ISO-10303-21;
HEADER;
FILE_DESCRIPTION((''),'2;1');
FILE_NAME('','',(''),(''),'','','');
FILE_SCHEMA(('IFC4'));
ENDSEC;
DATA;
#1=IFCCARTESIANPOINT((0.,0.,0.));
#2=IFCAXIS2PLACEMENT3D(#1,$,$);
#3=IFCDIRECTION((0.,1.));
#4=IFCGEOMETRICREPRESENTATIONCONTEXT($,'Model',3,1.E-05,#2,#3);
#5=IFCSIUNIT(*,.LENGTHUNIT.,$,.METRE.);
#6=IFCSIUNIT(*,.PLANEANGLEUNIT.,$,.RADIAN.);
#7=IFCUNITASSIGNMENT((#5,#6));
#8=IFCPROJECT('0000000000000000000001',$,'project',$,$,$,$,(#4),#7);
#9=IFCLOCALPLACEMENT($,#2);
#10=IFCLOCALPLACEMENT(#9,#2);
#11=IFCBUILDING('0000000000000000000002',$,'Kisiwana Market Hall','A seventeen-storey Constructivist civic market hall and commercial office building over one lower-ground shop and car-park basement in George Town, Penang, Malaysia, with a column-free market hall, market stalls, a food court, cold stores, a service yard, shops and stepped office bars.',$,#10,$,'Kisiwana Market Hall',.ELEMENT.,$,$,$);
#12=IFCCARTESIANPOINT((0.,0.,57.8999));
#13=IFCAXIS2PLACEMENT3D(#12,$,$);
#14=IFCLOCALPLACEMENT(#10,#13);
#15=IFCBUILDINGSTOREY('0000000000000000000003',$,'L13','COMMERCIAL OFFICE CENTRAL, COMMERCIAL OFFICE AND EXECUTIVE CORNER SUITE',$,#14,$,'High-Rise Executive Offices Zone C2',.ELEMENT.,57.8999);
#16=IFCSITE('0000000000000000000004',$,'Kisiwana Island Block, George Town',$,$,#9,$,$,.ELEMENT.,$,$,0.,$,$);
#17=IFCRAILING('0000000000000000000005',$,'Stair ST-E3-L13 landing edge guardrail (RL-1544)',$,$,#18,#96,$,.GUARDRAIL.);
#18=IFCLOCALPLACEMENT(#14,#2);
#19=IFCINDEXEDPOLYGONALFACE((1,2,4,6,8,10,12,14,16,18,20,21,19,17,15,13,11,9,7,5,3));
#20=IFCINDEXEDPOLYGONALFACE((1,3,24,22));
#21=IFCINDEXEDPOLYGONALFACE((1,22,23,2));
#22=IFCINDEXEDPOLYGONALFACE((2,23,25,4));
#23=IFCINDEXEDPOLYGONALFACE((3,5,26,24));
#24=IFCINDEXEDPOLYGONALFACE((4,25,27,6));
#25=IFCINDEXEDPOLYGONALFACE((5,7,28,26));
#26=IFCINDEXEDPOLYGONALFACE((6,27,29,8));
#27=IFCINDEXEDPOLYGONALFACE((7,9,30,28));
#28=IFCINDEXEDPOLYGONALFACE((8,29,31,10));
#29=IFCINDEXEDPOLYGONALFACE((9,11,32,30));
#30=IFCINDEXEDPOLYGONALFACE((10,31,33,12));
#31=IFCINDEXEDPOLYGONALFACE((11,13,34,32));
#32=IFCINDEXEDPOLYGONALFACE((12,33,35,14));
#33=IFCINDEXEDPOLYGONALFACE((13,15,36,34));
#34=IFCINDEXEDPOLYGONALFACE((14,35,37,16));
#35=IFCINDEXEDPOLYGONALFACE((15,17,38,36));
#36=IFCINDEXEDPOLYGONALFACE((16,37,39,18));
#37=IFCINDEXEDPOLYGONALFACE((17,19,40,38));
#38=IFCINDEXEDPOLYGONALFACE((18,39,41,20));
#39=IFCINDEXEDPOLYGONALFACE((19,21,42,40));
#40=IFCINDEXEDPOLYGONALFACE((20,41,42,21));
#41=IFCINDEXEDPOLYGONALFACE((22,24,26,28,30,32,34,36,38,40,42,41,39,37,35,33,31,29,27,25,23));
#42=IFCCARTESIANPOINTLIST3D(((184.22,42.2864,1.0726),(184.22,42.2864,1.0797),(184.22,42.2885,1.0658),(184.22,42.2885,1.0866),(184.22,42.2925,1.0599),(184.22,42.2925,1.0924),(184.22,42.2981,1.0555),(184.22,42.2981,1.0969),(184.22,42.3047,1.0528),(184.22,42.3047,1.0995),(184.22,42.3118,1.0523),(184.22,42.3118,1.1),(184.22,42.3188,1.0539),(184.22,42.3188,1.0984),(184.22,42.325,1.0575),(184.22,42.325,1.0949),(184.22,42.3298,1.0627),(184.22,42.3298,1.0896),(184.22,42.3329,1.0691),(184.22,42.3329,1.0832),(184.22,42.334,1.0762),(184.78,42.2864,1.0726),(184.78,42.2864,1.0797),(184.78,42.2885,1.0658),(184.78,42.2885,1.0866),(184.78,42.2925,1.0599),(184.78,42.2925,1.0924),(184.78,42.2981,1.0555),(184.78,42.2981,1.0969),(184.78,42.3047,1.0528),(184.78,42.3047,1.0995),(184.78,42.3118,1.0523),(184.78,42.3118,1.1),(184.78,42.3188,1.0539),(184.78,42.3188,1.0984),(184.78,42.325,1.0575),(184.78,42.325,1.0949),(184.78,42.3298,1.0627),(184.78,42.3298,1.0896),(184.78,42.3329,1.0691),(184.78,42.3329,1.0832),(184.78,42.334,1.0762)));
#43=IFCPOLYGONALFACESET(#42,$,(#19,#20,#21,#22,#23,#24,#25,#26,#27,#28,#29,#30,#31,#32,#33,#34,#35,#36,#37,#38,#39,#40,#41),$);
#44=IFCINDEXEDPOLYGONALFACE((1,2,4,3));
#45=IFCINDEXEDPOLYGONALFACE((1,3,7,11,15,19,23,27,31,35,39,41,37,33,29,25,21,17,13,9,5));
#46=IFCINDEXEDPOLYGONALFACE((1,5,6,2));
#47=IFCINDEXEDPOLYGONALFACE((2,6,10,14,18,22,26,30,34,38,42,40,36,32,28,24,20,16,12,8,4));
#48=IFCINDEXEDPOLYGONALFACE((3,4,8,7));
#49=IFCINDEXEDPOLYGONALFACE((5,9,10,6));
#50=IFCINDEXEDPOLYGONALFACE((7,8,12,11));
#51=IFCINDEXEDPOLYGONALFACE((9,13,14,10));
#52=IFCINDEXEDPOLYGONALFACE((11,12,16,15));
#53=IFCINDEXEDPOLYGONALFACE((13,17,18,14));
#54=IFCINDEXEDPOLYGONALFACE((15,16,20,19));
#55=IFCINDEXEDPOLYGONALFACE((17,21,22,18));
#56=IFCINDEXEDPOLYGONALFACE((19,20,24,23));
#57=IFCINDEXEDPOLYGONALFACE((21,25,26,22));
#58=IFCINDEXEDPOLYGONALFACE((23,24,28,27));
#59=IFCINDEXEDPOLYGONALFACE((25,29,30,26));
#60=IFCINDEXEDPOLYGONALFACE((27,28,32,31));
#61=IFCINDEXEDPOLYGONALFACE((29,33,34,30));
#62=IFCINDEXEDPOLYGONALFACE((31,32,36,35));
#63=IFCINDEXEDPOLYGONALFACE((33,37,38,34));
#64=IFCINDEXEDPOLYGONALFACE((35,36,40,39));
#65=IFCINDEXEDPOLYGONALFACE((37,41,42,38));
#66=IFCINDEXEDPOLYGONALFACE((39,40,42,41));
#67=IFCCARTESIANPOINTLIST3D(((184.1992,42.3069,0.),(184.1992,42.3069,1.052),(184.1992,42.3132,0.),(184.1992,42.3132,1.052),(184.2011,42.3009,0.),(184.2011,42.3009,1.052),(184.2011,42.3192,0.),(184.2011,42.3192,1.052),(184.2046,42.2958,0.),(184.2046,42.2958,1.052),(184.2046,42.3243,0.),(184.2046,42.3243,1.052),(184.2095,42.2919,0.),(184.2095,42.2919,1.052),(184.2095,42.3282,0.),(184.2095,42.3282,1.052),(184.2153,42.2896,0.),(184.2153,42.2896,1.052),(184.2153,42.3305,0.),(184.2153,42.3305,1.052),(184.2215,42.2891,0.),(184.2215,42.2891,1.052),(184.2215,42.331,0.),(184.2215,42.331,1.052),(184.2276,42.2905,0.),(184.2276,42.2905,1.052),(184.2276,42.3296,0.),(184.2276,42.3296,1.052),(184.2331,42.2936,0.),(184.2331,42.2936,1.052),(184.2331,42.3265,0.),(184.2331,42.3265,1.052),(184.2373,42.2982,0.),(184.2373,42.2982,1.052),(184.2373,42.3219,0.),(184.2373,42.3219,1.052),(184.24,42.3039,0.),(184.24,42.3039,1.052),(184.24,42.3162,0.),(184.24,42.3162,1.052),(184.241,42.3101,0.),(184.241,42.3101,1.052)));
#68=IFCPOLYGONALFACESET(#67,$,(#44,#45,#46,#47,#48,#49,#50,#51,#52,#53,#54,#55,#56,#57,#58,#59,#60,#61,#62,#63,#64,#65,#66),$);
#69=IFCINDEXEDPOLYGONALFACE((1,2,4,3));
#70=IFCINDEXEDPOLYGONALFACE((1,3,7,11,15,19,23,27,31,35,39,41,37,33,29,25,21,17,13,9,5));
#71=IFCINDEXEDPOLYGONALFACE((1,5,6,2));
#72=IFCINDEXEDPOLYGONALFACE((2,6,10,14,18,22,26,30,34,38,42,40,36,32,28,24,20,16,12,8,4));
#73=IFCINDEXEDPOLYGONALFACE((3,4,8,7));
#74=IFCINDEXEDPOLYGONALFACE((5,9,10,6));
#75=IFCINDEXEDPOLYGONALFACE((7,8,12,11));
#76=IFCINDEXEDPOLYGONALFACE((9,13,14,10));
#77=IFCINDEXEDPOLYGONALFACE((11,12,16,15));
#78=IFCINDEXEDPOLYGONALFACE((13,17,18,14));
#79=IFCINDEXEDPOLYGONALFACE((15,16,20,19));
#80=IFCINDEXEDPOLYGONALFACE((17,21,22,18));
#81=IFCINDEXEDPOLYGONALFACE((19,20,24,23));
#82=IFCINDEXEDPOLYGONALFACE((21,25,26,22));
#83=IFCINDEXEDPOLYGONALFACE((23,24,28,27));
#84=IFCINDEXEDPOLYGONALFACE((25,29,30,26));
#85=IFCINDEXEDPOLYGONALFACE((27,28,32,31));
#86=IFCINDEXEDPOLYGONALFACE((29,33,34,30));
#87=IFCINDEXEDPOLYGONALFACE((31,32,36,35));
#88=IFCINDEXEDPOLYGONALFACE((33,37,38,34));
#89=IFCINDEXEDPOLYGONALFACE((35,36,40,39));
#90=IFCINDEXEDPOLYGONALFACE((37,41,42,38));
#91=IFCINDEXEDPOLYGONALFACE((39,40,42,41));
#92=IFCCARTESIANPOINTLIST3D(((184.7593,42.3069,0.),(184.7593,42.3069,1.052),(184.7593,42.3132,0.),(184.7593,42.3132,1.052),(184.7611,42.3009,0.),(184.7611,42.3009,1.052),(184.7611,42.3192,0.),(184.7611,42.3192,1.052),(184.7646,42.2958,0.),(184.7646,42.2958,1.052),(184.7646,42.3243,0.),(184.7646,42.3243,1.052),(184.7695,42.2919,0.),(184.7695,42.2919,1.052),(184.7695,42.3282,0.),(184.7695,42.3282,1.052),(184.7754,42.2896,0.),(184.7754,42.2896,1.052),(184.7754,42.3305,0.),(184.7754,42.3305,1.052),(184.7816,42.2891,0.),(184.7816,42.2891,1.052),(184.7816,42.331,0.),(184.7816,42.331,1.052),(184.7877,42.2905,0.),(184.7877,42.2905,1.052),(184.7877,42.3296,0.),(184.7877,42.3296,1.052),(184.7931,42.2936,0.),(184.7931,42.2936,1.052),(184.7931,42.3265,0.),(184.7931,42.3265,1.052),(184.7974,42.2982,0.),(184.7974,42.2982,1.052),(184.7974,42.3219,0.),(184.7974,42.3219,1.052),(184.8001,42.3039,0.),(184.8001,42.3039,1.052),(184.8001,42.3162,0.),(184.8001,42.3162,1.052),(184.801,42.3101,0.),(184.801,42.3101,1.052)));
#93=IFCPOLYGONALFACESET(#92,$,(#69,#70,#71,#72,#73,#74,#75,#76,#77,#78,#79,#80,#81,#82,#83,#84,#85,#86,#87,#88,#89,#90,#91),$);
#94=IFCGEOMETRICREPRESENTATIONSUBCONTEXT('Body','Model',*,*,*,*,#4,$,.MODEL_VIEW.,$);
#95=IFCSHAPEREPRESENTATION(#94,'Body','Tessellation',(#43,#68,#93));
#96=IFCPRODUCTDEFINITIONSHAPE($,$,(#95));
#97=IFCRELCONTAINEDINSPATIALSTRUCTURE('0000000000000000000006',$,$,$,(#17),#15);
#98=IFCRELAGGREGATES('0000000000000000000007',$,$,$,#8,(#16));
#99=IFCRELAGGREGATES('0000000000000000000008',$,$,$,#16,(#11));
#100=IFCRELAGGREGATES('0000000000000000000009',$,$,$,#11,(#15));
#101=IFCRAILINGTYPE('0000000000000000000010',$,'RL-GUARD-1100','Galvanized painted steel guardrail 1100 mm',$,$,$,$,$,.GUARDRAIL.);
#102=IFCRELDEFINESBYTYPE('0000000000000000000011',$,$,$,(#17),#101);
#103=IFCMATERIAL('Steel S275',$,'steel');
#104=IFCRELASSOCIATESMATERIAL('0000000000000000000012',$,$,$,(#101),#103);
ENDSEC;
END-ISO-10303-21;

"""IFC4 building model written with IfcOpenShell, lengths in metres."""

from ifc_helpers import new_model, si_unit, direction, frame, origin, origin_2d, place, context, subcontext, project, spatial, circle, extrude, material, type_object, element, save


model = new_model("IFC4")

# Units and contexts
model_context = context("Model", 3, precision=1e-05, world=origin(), true_north=direction((0.0, 1.0)))
body_context = subcontext(model_context, "Body", "Model", "MODEL_VIEW")
ifc_project = project(units=[si_unit("LENGTHUNIT", "METRE"), si_unit("PLANEANGLEUNIT", "RADIAN")], contexts=[model_context])

# Site, building, storey
site_placement = place(None, origin())
site = spatial("IfcSite", under=ifc_project, at=site_placement, Name="Kisiwana Island Block, George Town", CompositionType="ELEMENT", RefElevation=0.0)
building_placement = place(site_placement, origin())
building = spatial("IfcBuilding", under=site, at=building_placement, Name="Kisiwana Market Hall", Description="A seventeen-storey Constructivist civic market hall and commercial office building over one lower-ground shop and car-park basement in George Town, Penang, Malaysia, with a column-free market hall, market stalls, a food court, cold stores, a service yard, shops and stepped office bars.", LongName="Kisiwana Market Hall", CompositionType="ELEMENT")
storey_placement = place(building_placement, frame((0.0, 0.0, 57.8999)))
storey = spatial("IfcBuildingStorey", under=building, at=storey_placement, Name="L13", Description="COMMERCIAL OFFICE CENTRAL, COMMERCIAL OFFICE AND EXECUTIVE CORNER SUITE", LongName="High-Rise Executive Offices Zone C2", CompositionType="ELEMENT", Elevation=57.8999)

# Railing
ifc_material_1 = material(Name="Steel S275", Category="steel")
railing_type_1 = type_object("IfcRailingType", Name="RL-GUARD-1100", Description="Galvanized painted steel guardrail 1100 mm", PredefinedType="GUARDRAIL", material=ifc_material_1)
railing_1_placement = place(storey_placement, frame((184.22, 42.3101, 0.0)))
element("IfcRailing", 1, at=railing_1_placement, inside=storey, type_object=railing_type_1, Name="Stair ST-E3-L13 landing edge guardrail (RL-1544)", PredefinedType="GUARDRAIL", context=body_context, shape_type="SweptSolid", body=[
    extrude(circle(Radius=0.0239, at=origin_2d()), frame((0.0, 0.0, 1.0762), z_axis=(1.0, 0.0, 0.0), x_axis=(0.0, 1.0, 0.0)), (0.0, 0.0, 1.0), 0.5601),
    extrude(circle(Radius=0.021, at=origin_2d()), origin(), (0.0, 0.0, 1.0), 1.052),
    extrude(circle(Radius=0.021, at=origin_2d()), frame((0.5601, 0.0, 0.0)), (0.0, 0.0, 1.0), 1.052),
])

save(model, "model.ifc")
